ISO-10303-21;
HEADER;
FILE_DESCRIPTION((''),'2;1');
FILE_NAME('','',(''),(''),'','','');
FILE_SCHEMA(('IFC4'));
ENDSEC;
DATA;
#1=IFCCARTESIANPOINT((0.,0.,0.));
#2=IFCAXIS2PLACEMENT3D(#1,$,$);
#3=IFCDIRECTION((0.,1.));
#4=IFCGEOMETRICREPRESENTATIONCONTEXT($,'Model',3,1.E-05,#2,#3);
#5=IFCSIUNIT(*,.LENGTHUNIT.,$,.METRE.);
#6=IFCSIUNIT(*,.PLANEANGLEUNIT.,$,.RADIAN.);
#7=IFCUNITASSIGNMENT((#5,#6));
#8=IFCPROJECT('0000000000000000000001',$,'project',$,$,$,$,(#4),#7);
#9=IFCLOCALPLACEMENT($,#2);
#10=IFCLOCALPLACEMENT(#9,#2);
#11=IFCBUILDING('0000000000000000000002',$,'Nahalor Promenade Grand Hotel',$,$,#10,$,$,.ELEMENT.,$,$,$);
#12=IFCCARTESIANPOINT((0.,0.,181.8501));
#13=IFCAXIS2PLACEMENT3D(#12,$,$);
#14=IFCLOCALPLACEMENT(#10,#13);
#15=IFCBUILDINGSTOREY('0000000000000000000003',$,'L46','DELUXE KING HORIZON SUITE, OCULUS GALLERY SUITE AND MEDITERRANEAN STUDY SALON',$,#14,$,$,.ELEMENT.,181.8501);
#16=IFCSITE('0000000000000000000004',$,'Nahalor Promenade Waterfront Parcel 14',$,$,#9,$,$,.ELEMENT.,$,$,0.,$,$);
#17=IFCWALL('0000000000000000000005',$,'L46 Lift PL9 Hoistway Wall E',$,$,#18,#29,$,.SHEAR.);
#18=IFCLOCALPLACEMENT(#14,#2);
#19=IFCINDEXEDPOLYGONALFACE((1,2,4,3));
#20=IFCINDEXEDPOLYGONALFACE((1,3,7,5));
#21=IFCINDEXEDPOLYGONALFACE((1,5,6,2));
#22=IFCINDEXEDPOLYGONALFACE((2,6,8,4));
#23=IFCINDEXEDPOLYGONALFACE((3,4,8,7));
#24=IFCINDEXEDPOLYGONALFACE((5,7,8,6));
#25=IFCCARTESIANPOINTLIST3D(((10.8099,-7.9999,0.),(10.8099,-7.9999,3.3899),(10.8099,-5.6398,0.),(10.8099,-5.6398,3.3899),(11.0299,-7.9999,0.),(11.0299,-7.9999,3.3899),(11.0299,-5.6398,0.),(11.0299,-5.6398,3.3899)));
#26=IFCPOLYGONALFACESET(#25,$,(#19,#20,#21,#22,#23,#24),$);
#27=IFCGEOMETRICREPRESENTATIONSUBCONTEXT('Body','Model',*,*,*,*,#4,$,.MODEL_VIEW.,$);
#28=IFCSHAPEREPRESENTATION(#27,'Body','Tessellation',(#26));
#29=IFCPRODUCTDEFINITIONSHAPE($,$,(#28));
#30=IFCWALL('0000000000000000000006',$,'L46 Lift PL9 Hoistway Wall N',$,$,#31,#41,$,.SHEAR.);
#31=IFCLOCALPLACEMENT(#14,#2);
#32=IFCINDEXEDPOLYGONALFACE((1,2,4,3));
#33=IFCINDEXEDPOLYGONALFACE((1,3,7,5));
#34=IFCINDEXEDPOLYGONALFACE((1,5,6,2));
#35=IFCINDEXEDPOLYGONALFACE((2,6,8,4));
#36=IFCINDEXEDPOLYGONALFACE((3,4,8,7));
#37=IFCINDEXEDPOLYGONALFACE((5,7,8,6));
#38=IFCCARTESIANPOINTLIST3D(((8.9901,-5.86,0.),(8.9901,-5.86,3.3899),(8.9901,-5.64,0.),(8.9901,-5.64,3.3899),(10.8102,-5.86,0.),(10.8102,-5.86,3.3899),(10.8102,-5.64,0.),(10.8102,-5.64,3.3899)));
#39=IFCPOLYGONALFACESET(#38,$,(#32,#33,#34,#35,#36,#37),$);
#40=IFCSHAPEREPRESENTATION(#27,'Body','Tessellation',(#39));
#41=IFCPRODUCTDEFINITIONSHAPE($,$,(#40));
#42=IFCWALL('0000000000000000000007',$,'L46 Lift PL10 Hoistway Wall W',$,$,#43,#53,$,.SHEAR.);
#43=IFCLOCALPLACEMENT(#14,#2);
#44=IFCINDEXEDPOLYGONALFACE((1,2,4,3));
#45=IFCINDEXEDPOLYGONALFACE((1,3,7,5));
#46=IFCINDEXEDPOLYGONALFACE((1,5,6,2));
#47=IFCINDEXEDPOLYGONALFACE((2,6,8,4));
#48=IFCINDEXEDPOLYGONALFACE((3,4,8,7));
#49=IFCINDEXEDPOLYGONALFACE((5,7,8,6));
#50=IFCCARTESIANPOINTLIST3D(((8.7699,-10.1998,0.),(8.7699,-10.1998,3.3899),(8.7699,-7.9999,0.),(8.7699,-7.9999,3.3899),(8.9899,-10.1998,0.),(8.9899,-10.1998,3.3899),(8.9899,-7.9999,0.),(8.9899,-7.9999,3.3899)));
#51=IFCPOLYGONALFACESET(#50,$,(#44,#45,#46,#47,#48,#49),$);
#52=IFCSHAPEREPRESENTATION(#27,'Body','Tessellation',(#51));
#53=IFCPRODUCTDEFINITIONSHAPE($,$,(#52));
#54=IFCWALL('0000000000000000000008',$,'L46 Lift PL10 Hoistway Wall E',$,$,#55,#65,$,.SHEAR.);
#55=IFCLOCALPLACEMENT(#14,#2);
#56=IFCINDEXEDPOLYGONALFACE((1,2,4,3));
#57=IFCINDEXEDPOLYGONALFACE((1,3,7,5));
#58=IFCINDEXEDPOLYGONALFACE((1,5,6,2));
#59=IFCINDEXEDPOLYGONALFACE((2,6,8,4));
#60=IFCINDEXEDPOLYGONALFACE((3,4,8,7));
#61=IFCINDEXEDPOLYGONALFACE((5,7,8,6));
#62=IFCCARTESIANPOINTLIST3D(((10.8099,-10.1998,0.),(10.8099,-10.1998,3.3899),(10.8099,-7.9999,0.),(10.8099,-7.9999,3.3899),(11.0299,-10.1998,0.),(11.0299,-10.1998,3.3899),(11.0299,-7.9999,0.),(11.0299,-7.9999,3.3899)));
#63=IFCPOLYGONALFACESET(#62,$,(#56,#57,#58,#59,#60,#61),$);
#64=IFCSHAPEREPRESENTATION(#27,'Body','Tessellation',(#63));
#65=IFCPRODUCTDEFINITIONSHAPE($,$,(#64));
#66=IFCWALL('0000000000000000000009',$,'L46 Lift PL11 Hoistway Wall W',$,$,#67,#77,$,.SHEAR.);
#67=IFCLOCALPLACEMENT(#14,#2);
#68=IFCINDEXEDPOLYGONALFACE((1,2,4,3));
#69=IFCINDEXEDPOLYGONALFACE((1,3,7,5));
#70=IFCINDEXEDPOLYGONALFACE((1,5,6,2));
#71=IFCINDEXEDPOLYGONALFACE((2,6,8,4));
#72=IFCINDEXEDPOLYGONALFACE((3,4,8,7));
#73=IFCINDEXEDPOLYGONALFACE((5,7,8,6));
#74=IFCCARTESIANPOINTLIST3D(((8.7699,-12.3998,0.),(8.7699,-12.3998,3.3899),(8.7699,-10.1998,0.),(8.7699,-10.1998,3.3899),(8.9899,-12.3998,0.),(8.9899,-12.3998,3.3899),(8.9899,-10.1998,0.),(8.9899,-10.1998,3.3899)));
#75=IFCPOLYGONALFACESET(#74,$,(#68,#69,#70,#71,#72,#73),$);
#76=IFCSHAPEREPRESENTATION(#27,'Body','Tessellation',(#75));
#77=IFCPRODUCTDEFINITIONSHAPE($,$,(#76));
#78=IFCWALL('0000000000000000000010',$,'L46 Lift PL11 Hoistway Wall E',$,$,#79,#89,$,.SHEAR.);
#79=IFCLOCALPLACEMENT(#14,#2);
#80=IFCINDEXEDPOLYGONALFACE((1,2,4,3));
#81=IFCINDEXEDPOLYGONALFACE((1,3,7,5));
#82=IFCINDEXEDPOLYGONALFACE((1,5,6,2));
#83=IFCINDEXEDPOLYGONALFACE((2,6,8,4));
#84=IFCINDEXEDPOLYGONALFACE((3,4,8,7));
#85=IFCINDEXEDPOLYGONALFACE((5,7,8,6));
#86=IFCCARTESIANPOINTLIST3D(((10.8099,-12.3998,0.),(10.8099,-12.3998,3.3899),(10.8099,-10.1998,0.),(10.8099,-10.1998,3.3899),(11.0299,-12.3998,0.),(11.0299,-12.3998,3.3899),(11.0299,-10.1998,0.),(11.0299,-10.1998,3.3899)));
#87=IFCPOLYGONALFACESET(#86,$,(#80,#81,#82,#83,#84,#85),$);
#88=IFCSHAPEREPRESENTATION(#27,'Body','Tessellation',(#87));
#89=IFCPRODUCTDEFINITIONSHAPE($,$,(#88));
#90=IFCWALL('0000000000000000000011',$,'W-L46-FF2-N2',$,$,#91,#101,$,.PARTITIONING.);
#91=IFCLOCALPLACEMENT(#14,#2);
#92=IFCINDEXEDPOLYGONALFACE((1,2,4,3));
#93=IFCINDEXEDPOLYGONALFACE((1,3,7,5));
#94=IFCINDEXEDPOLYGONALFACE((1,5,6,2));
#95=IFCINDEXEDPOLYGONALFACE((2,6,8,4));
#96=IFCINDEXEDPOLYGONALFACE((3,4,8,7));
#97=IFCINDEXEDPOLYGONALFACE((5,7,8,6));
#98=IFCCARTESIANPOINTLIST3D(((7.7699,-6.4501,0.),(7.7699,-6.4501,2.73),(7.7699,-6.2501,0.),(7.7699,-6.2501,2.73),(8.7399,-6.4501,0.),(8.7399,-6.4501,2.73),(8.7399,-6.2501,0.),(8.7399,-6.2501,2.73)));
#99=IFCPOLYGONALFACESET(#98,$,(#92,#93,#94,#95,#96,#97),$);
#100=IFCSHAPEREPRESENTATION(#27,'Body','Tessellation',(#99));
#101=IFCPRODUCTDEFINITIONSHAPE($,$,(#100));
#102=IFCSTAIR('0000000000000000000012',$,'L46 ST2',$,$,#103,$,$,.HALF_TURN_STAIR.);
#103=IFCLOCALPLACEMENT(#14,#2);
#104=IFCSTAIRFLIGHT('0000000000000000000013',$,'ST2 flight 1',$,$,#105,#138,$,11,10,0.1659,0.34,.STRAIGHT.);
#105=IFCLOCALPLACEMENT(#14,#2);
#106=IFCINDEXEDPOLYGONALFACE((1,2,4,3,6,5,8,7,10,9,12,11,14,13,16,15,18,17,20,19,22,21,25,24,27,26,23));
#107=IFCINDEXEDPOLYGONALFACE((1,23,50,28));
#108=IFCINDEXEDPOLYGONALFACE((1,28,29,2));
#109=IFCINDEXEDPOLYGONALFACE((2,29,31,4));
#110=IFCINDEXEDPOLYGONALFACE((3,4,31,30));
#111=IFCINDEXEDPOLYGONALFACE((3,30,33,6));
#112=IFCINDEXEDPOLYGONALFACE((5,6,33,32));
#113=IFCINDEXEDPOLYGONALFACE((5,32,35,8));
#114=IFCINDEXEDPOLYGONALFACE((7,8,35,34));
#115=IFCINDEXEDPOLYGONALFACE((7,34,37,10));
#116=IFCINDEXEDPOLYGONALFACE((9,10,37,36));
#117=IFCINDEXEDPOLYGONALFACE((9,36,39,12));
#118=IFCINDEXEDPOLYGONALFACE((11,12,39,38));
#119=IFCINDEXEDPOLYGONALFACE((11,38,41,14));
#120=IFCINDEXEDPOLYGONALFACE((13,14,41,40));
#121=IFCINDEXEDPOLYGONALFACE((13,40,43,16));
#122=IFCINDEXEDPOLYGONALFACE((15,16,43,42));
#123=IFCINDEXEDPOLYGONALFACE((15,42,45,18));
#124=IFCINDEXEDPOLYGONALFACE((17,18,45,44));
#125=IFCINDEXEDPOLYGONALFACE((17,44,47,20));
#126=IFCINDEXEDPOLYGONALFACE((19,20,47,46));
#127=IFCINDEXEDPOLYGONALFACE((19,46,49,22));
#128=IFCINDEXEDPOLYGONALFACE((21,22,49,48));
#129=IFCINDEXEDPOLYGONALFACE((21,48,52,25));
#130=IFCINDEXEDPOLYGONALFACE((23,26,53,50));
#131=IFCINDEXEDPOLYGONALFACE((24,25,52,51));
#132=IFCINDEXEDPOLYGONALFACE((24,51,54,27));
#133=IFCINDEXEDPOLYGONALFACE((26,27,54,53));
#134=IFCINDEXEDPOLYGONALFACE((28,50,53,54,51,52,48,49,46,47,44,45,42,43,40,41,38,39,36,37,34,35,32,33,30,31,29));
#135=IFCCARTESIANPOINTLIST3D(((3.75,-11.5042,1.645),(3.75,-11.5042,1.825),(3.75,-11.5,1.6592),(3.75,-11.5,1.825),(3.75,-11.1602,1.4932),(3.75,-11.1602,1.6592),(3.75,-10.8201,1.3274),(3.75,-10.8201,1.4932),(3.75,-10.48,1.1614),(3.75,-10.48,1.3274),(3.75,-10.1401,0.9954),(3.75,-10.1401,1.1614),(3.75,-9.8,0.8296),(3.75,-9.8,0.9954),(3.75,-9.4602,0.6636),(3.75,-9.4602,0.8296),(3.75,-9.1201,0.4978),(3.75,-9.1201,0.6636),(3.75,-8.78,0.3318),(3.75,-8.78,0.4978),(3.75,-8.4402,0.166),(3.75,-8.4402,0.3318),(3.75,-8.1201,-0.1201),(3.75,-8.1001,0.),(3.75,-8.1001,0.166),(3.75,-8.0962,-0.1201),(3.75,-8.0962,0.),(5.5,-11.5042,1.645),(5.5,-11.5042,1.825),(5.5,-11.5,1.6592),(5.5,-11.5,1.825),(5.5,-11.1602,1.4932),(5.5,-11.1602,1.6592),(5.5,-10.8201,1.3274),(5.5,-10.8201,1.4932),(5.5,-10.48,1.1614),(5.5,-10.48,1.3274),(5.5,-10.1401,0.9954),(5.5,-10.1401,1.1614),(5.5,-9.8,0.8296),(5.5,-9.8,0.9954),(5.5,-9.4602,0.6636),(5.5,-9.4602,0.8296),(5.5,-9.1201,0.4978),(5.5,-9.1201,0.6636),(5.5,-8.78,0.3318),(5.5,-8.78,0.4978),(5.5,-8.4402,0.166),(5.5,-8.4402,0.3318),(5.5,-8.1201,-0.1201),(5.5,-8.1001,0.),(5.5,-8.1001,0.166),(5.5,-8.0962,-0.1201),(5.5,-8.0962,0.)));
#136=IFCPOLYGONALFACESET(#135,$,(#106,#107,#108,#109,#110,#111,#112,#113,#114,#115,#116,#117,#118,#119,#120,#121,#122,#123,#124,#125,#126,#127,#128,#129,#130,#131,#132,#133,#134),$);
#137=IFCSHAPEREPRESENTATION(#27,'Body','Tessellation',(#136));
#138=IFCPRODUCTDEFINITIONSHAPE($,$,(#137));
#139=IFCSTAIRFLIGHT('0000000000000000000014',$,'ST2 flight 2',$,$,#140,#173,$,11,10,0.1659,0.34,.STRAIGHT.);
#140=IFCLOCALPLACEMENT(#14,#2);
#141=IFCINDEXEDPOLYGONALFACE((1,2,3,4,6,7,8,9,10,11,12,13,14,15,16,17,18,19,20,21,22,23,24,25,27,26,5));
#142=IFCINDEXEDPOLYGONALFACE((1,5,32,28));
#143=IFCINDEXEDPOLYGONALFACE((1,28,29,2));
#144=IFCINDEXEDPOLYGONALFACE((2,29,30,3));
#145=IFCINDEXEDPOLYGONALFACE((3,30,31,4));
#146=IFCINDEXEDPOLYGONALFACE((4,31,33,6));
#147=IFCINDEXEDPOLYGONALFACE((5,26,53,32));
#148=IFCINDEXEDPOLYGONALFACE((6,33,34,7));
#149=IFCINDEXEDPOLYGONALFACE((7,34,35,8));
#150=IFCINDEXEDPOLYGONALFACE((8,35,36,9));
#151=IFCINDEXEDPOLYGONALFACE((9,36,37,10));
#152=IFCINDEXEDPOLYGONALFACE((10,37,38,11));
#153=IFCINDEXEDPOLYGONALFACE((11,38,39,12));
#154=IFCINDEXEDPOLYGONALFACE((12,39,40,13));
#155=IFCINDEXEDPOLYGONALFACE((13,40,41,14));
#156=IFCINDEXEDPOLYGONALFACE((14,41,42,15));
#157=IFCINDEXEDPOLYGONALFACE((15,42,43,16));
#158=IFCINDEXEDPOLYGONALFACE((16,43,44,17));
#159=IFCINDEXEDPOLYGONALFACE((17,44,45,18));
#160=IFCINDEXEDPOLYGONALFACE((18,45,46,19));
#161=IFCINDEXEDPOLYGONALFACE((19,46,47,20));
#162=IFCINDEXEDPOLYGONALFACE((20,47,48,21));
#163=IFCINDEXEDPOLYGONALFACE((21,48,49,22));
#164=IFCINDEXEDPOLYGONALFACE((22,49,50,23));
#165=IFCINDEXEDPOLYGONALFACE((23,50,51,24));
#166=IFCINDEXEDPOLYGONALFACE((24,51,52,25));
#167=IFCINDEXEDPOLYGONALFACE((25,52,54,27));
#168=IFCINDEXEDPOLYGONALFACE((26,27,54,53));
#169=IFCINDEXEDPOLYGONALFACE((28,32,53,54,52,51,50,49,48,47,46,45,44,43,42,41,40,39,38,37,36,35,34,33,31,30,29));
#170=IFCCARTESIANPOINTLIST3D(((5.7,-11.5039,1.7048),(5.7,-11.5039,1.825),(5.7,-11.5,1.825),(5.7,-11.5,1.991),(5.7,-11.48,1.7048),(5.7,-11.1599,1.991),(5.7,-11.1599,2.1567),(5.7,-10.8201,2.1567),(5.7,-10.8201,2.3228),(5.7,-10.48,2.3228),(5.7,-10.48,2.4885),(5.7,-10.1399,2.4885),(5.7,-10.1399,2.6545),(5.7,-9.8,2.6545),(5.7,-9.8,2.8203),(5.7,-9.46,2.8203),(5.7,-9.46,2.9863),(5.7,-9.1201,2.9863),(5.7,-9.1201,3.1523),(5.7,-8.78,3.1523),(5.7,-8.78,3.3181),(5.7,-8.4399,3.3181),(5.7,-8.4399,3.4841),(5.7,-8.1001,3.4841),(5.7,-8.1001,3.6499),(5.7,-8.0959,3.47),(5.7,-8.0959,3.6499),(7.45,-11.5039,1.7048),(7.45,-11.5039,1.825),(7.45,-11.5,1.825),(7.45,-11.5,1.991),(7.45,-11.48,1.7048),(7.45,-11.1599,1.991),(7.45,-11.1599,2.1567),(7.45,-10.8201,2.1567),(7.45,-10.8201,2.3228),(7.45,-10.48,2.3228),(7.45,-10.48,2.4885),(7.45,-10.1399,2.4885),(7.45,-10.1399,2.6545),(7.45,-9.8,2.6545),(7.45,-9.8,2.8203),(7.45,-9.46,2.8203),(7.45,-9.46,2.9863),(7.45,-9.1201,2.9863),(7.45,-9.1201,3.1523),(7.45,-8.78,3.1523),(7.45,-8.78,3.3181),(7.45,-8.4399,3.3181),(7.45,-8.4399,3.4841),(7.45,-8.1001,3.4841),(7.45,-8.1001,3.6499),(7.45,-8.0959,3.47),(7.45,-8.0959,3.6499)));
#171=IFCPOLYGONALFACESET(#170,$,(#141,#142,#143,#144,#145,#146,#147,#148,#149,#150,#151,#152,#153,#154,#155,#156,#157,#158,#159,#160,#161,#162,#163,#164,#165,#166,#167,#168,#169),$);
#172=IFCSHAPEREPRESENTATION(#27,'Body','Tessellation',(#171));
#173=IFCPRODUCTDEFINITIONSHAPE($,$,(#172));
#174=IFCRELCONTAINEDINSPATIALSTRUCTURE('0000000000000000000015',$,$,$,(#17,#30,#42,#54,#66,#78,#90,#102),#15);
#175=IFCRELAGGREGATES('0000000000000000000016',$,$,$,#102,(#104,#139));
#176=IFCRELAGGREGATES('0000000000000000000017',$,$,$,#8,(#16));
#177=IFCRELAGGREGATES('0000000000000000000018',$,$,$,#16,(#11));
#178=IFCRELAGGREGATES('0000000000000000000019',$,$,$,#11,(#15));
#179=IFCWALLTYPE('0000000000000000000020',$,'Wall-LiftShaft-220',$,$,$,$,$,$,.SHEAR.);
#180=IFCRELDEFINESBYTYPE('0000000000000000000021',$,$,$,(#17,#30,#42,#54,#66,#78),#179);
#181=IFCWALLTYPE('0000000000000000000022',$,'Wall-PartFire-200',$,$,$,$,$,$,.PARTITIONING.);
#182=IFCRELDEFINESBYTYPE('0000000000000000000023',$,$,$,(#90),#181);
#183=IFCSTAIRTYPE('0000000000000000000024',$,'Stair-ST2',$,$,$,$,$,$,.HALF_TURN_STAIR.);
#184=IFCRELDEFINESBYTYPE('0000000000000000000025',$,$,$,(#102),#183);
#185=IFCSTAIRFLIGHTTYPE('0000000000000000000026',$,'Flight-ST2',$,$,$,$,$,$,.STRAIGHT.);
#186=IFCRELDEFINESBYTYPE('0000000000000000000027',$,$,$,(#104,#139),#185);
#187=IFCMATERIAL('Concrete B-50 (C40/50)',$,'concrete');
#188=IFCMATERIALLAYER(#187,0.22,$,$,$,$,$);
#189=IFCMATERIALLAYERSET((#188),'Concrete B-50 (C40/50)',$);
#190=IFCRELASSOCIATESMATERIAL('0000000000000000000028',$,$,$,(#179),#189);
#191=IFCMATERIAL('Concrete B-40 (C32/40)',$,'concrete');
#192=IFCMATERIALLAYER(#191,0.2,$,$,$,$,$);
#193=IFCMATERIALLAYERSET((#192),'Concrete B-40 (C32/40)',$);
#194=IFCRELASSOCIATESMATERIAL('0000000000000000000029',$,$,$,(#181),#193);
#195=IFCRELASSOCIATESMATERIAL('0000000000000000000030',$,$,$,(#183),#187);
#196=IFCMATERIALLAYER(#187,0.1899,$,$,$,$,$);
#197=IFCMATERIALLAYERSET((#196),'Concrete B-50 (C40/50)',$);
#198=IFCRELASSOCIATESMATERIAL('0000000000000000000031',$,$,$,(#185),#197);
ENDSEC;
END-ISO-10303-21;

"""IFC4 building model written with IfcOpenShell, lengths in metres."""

from ifc_helpers import new_model, si_unit, direction, frame, frame_2d, origin, place, context, subcontext, project, spatial, polyline, rectangle, outline, extrude, source, transform, mapped, material, layer, layer_set, type_object, element, aggregate, save


model = new_model("IFC4")

# Units and contexts
model_context = context("Model", 3, precision=1e-05, world=origin(), true_north=direction((0.0, 1.0)))
body_context = subcontext(model_context, "Body", "Model", "MODEL_VIEW")
ifc_project = project(units=[si_unit("LENGTHUNIT", "METRE"), si_unit("PLANEANGLEUNIT", "RADIAN")], contexts=[model_context])

# Site, building, storey
site_placement = place(None, origin())
site = spatial("IfcSite", under=ifc_project, at=site_placement, Name="Nahalor Promenade Waterfront Parcel 14", CompositionType="ELEMENT", RefElevation=0.0)
building_placement = place(site_placement, origin())
building = spatial("IfcBuilding", under=site, at=building_placement, Name="Nahalor Promenade Grand Hotel", CompositionType="ELEMENT")
storey_placement = place(building_placement, frame((0.0, 0.0, 181.8501)))
storey = spatial("IfcBuildingStorey", under=building, at=storey_placement, Name="L46", Description="DELUXE KING HORIZON SUITE, OCULUS GALLERY SUITE AND MEDITERRANEAN STUDY SALON", CompositionType="ELEMENT", Elevation=181.8501)

# Walls
ifc_material_1 = material(Name="Concrete B-50 (C40/50)", Category="concrete")
ifc_layer_1 = layer(ifc_material_1, 0.22)
ifc_layer_set_1 = layer_set([ifc_layer_1], Name="Concrete B-50 (C40/50)")
wall_type_1 = type_object("IfcWallType", Name="Wall-LiftShaft-220", PredefinedType="SHEAR", material=ifc_layer_set_1)
shared_shape_1 = source(origin(), body_context, "Body", "SweptSolid", [
    extrude(rectangle(XDim=2.3601, YDim=0.22, at=frame_2d((1.1802, 0.0))), origin(), (0.0, 0.0, 1.0), 3.3899),
])
for number, where, z_axis, x_axis, name in (
    (1, (10.9199, -8.0, 0.0), (0.0, 0.0, 1.0), (0.0, 1.0, 0.0), "L46 Lift PL9 Hoistway Wall E"),
):
    element("IfcWall", number, at=place(storey_placement, frame(where, z_axis=z_axis, x_axis=x_axis)), inside=storey, type_object=wall_type_1, Name=name, PredefinedType="SHEAR", context=body_context, shape_type="MappedRepresentation", body=[
        mapped(shared_shape_1, transform((0.0, 0.0, 0.0), scale=1.0)),
    ])
shared_shape_2 = source(origin(), body_context, "Body", "SweptSolid", [
    extrude(rectangle(XDim=1.8201, YDim=0.22, at=frame_2d((0.9102, 0.0))), origin(), (0.0, 0.0, 1.0), 3.3899),
])
wall_1_placement = place(storey_placement, frame((8.99, -5.75, 0.0), z_axis=(0.0, 0.0, 1.0), x_axis=(1.0, 0.0, 0.0)))
element("IfcWall", 2, at=wall_1_placement, inside=storey, type_object=wall_type_1, Name="L46 Lift PL9 Hoistway Wall N", PredefinedType="SHEAR", context=body_context, shape_type="MappedRepresentation", body=[
    mapped(shared_shape_2, transform((0.0, 0.0, 0.0), scale=1.0)),
])
shared_shape_3 = source(origin(), body_context, "Body", "SweptSolid", [
    extrude(rectangle(XDim=2.2, YDim=0.22, at=frame_2d((1.1001, 0.0))), origin(), (0.0, 0.0, 1.0), 3.3899),
])
for number, where, z_axis, x_axis, name in (
    (3, (8.8799, -10.2, 0.0), (0.0, 0.0, 1.0), (0.0, 1.0, 0.0), "L46 Lift PL10 Hoistway Wall W"),
    (4, (10.9199, -10.2, 0.0), (0.0, 0.0, 1.0), (0.0, 1.0, 0.0), "L46 Lift PL10 Hoistway Wall E"),
    (5, (8.8799, -12.3999, 0.0), (0.0, 0.0, 1.0), (0.0, 1.0, 0.0), "L46 Lift PL11 Hoistway Wall W"),
    (6, (10.9199, -12.3999, 0.0), (0.0, 0.0, 1.0), (0.0, 1.0, 0.0), "L46 Lift PL11 Hoistway Wall E"),
):
    element("IfcWall", number, at=place(storey_placement, frame(where, z_axis=z_axis, x_axis=x_axis)), inside=storey, type_object=wall_type_1, Name=name, PredefinedType="SHEAR", context=body_context, shape_type="MappedRepresentation", body=[
        mapped(shared_shape_3, transform((0.0, 0.0, 0.0), scale=1.0)),
    ])
ifc_material_2 = material(Name="Concrete B-40 (C32/40)", Category="concrete")
ifc_layer_2 = layer(ifc_material_2, 0.2)
ifc_layer_set_2 = layer_set([ifc_layer_2], Name="Concrete B-40 (C32/40)")
wall_type_2 = type_object("IfcWallType", Name="Wall-PartFire-200", PredefinedType="PARTITIONING", material=ifc_layer_set_2)
shared_shape_4 = source(origin(), body_context, "Body", "SweptSolid", [
    extrude(rectangle(XDim=0.97, YDim=0.2, at=frame_2d((0.4849, 0.0))), origin(), (0.0, 0.0, 1.0), 2.73),
])
wall_2_placement = place(storey_placement, frame((7.77, -6.3501, 0.0), z_axis=(0.0, 0.0, 1.0), x_axis=(1.0, 0.0, 0.0)))
element("IfcWall", 7, at=wall_2_placement, inside=storey, type_object=wall_type_2, Name="W-L46-FF2-N2", PredefinedType="PARTITIONING", context=body_context, shape_type="MappedRepresentation", body=[
    mapped(shared_shape_4, transform((0.0, 0.0, 0.0), scale=1.0)),
])

# Stair, stair flights
stair_type = type_object("IfcStairType", Name="Stair-ST2", PredefinedType="HALF_TURN_STAIR", material=ifc_material_1)
stair_placement = place(storey_placement, origin())
stair = element("IfcStair", 8, at=stair_placement, inside=storey, type_object=stair_type, Name="L46 ST2", PredefinedType="HALF_TURN_STAIR")
ifc_layer_3 = layer(ifc_material_1, 0.1899)
ifc_layer_set_3 = layer_set([ifc_layer_3], Name="Concrete B-50 (C40/50)")
stair_flight_type = type_object("IfcStairFlightType", Name="Flight-ST2", PredefinedType="STRAIGHT", material=ifc_layer_set_3)
shared_shape_5 = source(origin(), body_context, "Body", "SweptSolid", [
    extrude(outline(polyline([(-0.0039, -0.1201), (-0.0039, 0.0), (0.0, 0.0), (0.0, 0.166), (0.3401, 0.166), (0.3401, 0.3318), (0.6799, 0.3318), (0.6799, 0.4978), (1.02, 0.4978), (1.02, 0.6636), (1.3601, 0.6636), (1.3601, 0.8296), (1.7, 0.8296), (1.7, 0.9954), (2.04, 0.9954), (2.04, 1.1614), (2.3799, 1.1614), (2.3799, 1.3274), (2.72, 1.3274), (2.72, 1.4932), (3.0601, 1.4932), (3.0601, 1.6592), (3.3999, 1.6592), (3.3999, 1.825), (3.4041, 1.825), (3.4041, 1.645), (0.02, -0.1201), (-0.0039, -0.1201)])), frame((0.0, 0.875, 0.0), z_axis=(0.0, -1.0, 0.0), x_axis=(1.0, 0.0, 0.0)), (0.0, 0.0, 1.0), 1.75),
])
stair_flight_1_placement = place(storey_placement, frame((4.625, -8.1001, 0.0), z_axis=(0.0, 0.0, 1.0), x_axis=(0.0, -1.0, 0.0)))
stair_flight_1 = element("IfcStairFlight", 9, at=stair_flight_1_placement, type_object=stair_flight_type, Name="ST2 flight 1", NumberOfRisers=11, NumberOfTreads=10, PredefinedType="STRAIGHT", RiserHeight=0.1659, TreadLength=0.34, context=body_context, shape_type="MappedRepresentation", body=[
    mapped(shared_shape_5, transform((0.0, 0.0, 0.0), scale=1.0)),
])
stair_flight_2_placement = place(storey_placement, frame((6.575, -11.5, 1.825), z_axis=(0.0, 0.0, 1.0), x_axis=(0.0, 1.0, 0.0)))
stair_flight_2 = element("IfcStairFlight", 10, at=stair_flight_2_placement, type_object=stair_flight_type, Name="ST2 flight 2", NumberOfRisers=11, NumberOfTreads=10, PredefinedType="STRAIGHT", RiserHeight=0.1659, TreadLength=0.34, context=body_context, shape_type="MappedRepresentation", body=[
    mapped(shared_shape_5, transform((0.0, 0.0, 0.0), scale=1.0)),
])
aggregate(stair, [stair_flight_1, stair_flight_2])

save(model, "model.ifc")
